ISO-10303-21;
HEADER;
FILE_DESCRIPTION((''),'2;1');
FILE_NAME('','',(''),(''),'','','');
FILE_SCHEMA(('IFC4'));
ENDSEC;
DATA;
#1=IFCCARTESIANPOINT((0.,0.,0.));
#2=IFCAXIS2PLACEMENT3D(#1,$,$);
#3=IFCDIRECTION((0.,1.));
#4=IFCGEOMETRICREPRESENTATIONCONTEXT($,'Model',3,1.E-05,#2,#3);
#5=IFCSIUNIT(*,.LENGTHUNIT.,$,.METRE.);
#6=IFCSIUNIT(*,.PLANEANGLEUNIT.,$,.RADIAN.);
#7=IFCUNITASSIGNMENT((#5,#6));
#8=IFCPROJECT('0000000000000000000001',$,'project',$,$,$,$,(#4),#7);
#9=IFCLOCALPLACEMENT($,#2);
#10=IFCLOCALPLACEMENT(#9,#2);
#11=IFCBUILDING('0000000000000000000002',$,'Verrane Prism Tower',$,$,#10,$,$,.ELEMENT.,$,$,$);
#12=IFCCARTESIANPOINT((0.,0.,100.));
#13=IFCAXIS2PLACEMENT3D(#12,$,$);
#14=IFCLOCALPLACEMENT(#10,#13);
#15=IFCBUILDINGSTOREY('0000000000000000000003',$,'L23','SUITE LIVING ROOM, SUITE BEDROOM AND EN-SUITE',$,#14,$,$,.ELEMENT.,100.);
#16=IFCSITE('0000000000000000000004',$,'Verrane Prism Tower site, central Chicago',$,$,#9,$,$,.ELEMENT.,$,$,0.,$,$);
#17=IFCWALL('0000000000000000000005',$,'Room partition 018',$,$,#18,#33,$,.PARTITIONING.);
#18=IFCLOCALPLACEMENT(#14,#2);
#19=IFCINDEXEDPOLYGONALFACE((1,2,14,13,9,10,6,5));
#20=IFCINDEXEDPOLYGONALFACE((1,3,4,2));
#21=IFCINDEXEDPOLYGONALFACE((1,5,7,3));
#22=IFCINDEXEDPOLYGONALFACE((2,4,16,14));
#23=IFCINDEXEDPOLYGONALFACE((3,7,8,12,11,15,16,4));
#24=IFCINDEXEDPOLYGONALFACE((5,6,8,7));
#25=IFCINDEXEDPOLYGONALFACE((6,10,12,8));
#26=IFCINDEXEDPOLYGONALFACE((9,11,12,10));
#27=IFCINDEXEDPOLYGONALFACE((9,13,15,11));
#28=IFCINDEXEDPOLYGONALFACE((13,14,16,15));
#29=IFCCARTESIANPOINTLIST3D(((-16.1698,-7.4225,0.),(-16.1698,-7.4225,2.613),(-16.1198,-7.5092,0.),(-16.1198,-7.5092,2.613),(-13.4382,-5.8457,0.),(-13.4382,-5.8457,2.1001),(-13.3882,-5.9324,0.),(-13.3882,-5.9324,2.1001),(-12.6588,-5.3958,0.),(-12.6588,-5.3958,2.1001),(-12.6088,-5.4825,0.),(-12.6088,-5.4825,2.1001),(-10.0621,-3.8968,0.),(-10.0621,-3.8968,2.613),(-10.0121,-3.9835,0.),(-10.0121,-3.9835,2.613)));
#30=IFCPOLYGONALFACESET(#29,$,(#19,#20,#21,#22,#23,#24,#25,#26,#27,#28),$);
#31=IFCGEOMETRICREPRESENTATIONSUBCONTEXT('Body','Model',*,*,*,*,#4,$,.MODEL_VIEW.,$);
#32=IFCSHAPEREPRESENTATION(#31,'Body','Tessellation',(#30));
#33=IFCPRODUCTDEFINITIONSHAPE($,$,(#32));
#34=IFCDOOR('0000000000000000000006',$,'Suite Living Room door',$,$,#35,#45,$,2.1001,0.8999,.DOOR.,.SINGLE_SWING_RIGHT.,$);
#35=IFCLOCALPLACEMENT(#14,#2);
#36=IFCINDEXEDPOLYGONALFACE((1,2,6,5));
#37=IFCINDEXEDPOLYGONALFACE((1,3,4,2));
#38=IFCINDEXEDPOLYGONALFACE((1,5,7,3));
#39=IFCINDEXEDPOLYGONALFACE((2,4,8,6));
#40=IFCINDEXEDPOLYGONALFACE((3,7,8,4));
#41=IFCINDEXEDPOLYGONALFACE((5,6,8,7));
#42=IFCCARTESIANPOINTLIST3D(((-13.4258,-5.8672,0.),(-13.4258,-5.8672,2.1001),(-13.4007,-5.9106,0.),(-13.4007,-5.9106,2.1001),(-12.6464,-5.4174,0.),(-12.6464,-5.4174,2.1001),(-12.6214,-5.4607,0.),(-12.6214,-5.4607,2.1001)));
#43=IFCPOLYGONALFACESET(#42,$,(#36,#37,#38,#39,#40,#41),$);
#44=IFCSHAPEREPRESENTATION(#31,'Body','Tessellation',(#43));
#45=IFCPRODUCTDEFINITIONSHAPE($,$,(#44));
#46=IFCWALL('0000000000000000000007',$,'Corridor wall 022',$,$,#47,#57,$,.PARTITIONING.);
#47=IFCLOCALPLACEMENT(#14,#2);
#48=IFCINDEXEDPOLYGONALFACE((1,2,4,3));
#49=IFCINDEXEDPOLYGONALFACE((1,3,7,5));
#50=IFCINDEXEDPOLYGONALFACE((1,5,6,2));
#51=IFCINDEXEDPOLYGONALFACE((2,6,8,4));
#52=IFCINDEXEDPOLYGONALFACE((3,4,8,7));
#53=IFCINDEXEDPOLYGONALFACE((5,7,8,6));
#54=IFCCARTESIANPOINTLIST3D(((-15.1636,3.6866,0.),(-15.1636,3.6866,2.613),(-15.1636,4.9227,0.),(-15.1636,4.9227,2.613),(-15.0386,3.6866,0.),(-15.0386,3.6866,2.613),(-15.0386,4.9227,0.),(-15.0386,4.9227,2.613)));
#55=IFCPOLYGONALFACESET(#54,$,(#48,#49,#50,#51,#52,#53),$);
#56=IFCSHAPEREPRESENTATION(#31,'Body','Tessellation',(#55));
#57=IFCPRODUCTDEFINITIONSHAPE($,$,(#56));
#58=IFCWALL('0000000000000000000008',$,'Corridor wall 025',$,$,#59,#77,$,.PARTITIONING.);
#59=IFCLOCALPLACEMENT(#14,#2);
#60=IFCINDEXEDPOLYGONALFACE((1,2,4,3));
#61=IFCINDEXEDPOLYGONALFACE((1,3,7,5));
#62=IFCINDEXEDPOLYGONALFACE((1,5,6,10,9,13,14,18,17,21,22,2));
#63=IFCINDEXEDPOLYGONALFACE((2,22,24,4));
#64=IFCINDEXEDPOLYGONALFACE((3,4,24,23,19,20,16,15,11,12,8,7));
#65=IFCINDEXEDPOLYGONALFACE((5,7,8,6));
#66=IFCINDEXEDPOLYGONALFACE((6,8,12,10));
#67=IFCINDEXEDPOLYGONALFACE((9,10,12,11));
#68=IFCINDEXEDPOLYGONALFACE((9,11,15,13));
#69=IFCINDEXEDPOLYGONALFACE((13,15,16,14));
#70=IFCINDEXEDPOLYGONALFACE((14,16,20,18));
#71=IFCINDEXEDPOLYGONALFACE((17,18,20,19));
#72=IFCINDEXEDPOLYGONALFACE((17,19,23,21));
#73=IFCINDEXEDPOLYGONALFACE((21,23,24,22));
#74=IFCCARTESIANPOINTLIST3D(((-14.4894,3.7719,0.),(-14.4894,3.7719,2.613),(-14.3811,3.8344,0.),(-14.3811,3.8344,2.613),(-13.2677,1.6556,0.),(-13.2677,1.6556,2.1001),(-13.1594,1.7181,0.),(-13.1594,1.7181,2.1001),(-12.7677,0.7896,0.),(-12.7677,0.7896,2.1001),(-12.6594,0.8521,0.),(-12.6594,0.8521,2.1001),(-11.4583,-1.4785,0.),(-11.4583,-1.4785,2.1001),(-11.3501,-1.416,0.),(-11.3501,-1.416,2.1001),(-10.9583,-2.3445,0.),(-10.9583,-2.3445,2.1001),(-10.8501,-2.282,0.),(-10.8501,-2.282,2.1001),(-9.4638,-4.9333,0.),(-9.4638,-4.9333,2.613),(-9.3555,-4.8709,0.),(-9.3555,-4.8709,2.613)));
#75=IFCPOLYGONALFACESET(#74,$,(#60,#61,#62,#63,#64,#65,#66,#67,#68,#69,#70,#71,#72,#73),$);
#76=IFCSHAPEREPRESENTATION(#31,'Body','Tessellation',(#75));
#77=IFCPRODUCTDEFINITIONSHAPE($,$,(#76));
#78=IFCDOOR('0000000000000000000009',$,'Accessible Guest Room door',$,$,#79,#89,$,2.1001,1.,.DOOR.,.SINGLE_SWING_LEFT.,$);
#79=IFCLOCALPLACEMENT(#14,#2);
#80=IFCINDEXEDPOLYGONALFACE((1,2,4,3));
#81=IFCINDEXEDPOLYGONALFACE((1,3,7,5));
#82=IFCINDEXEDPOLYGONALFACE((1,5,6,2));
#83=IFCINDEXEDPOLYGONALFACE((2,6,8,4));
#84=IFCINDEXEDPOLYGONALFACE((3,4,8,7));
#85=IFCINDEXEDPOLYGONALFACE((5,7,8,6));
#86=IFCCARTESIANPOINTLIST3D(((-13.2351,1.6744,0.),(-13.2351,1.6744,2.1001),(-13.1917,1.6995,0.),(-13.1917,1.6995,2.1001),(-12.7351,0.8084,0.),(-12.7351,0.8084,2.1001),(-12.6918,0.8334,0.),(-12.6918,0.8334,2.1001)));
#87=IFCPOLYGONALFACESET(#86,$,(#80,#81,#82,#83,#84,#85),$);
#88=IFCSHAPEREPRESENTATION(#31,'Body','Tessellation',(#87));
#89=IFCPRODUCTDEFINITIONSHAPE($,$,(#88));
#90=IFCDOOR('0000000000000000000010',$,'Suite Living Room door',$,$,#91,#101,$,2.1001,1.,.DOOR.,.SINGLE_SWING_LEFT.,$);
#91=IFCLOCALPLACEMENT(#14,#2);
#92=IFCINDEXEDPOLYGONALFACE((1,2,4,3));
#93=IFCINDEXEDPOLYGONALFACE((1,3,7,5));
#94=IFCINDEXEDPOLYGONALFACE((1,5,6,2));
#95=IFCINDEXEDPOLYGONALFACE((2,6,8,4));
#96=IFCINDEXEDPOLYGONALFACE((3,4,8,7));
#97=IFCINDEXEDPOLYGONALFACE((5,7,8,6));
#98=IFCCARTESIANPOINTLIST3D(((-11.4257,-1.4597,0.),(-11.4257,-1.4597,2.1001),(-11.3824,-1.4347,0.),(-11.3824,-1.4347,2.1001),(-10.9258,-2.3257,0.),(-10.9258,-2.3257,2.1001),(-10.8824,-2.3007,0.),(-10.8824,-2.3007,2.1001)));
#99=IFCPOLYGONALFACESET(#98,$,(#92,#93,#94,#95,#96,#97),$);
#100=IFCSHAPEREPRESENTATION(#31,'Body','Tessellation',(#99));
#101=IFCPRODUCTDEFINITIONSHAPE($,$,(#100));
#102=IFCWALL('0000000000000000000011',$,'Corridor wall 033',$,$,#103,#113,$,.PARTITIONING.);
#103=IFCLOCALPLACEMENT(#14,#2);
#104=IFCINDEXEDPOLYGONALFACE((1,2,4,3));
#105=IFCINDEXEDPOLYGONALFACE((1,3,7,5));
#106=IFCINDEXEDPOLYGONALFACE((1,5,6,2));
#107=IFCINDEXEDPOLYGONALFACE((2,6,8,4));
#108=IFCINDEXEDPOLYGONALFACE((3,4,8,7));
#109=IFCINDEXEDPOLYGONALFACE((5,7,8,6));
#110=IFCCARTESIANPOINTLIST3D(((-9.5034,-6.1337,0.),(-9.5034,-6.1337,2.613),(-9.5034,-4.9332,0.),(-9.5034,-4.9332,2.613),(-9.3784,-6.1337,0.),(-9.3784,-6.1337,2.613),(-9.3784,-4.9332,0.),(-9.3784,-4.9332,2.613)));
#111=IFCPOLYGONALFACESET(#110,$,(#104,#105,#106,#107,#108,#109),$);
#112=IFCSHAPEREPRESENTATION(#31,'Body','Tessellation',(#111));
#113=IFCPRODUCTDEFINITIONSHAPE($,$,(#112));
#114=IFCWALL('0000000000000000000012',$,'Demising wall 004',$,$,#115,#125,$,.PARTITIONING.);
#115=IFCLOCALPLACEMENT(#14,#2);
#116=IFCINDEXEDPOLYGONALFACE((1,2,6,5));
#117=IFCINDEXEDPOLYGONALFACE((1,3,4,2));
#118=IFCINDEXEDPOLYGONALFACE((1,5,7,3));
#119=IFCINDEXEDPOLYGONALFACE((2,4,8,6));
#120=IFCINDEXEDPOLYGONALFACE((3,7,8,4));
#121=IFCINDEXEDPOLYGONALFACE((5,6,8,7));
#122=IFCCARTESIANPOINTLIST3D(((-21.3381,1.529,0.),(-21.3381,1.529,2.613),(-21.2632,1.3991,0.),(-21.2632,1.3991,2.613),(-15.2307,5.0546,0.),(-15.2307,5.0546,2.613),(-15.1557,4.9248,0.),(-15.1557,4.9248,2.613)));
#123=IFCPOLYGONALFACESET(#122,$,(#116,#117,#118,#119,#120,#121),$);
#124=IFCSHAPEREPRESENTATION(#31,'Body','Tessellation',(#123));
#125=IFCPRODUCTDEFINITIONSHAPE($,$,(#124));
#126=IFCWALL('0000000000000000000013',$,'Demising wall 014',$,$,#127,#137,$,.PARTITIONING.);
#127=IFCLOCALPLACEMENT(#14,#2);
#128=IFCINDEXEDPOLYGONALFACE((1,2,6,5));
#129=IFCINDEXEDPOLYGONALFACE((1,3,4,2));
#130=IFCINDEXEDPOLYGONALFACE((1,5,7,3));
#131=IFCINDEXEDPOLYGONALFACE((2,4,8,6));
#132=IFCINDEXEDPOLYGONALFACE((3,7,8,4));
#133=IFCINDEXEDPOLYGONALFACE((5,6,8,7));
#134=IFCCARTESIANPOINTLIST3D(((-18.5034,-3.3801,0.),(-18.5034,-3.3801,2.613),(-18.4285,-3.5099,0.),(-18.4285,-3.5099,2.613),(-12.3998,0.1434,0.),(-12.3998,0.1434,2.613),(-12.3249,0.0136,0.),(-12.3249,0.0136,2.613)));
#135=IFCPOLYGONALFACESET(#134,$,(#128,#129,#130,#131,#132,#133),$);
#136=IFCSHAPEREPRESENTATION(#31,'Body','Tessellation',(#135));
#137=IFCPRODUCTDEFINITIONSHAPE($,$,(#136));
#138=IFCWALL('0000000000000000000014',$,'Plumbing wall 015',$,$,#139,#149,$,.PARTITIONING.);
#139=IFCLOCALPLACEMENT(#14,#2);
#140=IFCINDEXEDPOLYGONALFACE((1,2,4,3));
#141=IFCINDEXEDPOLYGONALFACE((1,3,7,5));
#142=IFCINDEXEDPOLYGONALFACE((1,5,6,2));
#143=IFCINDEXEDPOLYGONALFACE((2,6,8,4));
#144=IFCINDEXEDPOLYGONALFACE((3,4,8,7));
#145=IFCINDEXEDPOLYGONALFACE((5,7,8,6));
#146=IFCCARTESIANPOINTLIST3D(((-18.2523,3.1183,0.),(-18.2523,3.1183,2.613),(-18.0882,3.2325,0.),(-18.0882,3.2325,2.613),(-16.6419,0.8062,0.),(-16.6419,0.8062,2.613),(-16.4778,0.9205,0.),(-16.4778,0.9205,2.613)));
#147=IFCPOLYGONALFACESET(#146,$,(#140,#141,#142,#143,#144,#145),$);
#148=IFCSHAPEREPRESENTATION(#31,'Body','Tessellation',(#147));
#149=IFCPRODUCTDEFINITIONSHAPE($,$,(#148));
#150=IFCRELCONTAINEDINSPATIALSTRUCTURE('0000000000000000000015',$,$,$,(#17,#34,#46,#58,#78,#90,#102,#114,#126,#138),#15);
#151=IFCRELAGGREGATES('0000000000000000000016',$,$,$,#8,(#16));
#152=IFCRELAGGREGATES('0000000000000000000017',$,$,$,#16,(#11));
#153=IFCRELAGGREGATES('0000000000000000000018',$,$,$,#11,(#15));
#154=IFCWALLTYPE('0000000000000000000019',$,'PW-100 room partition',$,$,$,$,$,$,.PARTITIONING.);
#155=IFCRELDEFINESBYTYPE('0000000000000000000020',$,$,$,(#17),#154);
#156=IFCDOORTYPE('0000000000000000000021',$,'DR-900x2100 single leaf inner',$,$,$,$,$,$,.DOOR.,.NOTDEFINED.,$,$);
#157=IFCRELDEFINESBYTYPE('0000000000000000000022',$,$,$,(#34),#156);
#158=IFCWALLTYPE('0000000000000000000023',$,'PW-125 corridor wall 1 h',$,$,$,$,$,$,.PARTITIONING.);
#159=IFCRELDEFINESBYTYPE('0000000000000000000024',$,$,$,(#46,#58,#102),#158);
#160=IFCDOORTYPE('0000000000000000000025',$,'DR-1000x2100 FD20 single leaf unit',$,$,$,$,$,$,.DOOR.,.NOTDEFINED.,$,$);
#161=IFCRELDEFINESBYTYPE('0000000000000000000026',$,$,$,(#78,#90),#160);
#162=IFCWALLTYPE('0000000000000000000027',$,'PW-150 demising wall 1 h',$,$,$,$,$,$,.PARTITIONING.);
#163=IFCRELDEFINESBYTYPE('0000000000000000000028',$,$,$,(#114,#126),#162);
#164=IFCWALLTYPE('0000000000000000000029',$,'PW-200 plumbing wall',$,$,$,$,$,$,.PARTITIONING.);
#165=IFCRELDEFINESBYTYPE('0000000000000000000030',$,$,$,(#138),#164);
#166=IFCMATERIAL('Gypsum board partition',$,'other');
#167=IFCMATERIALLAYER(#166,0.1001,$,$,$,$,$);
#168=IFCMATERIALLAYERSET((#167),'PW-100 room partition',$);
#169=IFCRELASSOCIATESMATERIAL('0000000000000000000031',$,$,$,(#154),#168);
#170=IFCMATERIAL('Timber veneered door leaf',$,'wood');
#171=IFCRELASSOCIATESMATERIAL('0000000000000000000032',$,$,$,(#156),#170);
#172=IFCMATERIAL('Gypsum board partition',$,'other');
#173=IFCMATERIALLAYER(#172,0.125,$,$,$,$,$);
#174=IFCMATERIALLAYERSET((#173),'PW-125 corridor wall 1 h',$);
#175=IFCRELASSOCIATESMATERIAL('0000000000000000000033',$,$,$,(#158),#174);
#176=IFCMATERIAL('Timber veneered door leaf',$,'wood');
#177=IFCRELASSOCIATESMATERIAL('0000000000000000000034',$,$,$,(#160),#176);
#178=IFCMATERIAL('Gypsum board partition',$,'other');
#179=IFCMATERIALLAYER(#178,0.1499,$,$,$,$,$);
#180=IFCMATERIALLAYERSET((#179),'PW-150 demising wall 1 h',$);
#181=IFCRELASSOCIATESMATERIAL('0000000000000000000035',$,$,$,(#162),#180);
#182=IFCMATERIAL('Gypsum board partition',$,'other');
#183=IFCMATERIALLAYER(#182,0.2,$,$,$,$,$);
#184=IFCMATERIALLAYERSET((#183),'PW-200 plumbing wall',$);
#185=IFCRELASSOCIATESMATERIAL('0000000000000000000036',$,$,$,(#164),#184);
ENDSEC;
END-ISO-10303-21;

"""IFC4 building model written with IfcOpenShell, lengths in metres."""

from ifc_helpers import new_model, si_unit, direction, frame, frame_2d, origin, place, context, subcontext, project, spatial, rectangle, extrude, material, layer, layer_set, type_object, element, fill, save


model = new_model("IFC4")

# Units and contexts
model_context = context("Model", 3, precision=1e-05, world=origin(), true_north=direction((0.0, 1.0)))
body_context = subcontext(model_context, "Body", "Model", "MODEL_VIEW")
ifc_project = project(units=[si_unit("LENGTHUNIT", "METRE"), si_unit("PLANEANGLEUNIT", "RADIAN")], contexts=[model_context])

# Site, building, storey
site_placement = place(None, origin())
site = spatial("IfcSite", under=ifc_project, at=site_placement, Name="Verrane Prism Tower site, central Chicago", CompositionType="ELEMENT", RefElevation=0.0)
building_placement = place(site_placement, origin())
building = spatial("IfcBuilding", under=site, at=building_placement, Name="Verrane Prism Tower", CompositionType="ELEMENT")
storey_placement = place(building_placement, frame((0.0, 0.0, 100.0)))
storey = spatial("IfcBuildingStorey", under=building, at=storey_placement, Name="L23", Description="SUITE LIVING ROOM, SUITE BEDROOM AND EN-SUITE", CompositionType="ELEMENT", Elevation=100.0)

# Wall, opening, door
ifc_material_1 = material(Name="Gypsum board partition", Category="other")
ifc_layer_1 = layer(ifc_material_1, 0.1001)
ifc_layer_set_1 = layer_set([ifc_layer_1], Name="PW-100 room partition")
wall_type_1 = type_object("IfcWallType", Name="PW-100 room partition", PredefinedType="PARTITIONING", material=ifc_layer_set_1)
wall_1_placement = place(storey_placement, frame((-10.0371, -3.9402, 0.0), z_axis=(0.0, 0.0, 1.0), x_axis=(-0.866064, -0.499933, 0.0)))
wall_1 = element("IfcWall", 1, at=wall_1_placement, inside=storey, type_object=wall_type_1, Name="Room partition 018", PredefinedType="PARTITIONING", context=body_context, shape_type="SweptSolid", body=[
    extrude(rectangle(XDim=7.0522, YDim=0.1001, at=frame_2d((3.5261, 0.0))), origin(), (0.0, 0.0, 1.0), 2.613),
])
opening_1_placement = place(wall_1_placement, frame((2.9983, 0.0, 0.0)))
opening_1 = element("IfcOpeningElement", 2, at=opening_1_placement, cuts=wall_1, PredefinedType="OPENING", context=body_context, shape_type="SweptSolid", body=[
    extrude(rectangle(XDim=0.8999, YDim=2.1001, at=frame_2d((0.45, 1.05))), frame((0.0, 0.0601, 0.0), z_axis=(0.0, -1.0, 0.0), x_axis=(1.0, 0.0, 0.0)), (0.0, 0.0, 1.0), 0.1201),
])
ifc_material_2 = material(Name="Timber veneered door leaf", Category="wood")
door_type_1 = type_object("IfcDoorType", Name="DR-900x2100 single leaf inner", OperationType="NOTDEFINED", PredefinedType="DOOR", material=ifc_material_2)
door_1_placement = place(opening_1_placement, origin())
door_1 = element("IfcDoor", 3, at=door_1_placement, inside=storey, type_object=door_type_1, Name="Suite Living Room door", OperationType="SINGLE_SWING_RIGHT", OverallHeight=2.1001, OverallWidth=0.8999, PredefinedType="DOOR", context=body_context, shape_type="SweptSolid", body=[
    extrude(rectangle(XDim=0.8999, YDim=2.1001, at=frame_2d((0.45, 1.05))), frame((0.0, 0.0249, 0.0), z_axis=(0.0, -1.0, 0.0), x_axis=(1.0, 0.0, 0.0)), (0.0, 0.0, 1.0), 0.05),
])
fill(opening_1, door_1)

# Wall
ifc_material_3 = material(Name="Gypsum board partition", Category="other")
ifc_layer_2 = layer(ifc_material_3, 0.125)
ifc_layer_set_2 = layer_set([ifc_layer_2], Name="PW-125 corridor wall 1 h")
wall_type_2 = type_object("IfcWallType", Name="PW-125 corridor wall 1 h", PredefinedType="PARTITIONING", material=ifc_layer_set_2)
wall_2_placement = place(storey_placement, frame((-15.1011, 3.6865, 0.0), z_axis=(0.0, 0.0, 1.0), x_axis=(0.0, 1.0, 0.0)))
element("IfcWall", 4, at=wall_2_placement, inside=storey, type_object=wall_type_2, Name="Corridor wall 022", PredefinedType="PARTITIONING", context=body_context, shape_type="SweptSolid", body=[
    extrude(rectangle(XDim=1.2361, YDim=0.125, at=frame_2d((0.6182, 0.0))), origin(), (0.0, 0.0, 1.0), 2.613),
])

# Wall, openings, doors
wall_3_placement = place(storey_placement, frame((-9.4097, -4.9021, 0.0), z_axis=(0.0, 0.0, 1.0), x_axis=(-0.499971, 0.866042, 0.0)))
wall_3 = element("IfcWall", 5, at=wall_3_placement, inside=storey, type_object=wall_type_2, Name="Corridor wall 025", PredefinedType="PARTITIONING", context=body_context, shape_type="SweptSolid", body=[
    extrude(rectangle(XDim=10.0518, YDim=0.125, at=frame_2d((5.0259, 0.0))), origin(), (0.0, 0.0, 1.0), 2.613),
])
opening_2_placement = place(wall_3_placement, frame((6.6082, 0.0, 0.0)))
opening_2 = element("IfcOpeningElement", 6, at=opening_2_placement, cuts=wall_3, PredefinedType="OPENING", context=body_context, shape_type="SweptSolid", body=[
    extrude(rectangle(XDim=1.0, YDim=2.1001, at=frame_2d((0.5, 1.05))), frame((0.0, 0.0725, 0.0), z_axis=(0.0, -1.0, 0.0), x_axis=(1.0, 0.0, 0.0)), (0.0, 0.0, 1.0), 0.145),
])
opening_3_placement = place(wall_3_placement, frame((2.9893, 0.0, 0.0)))
opening_3 = element("IfcOpeningElement", 7, at=opening_3_placement, cuts=wall_3, PredefinedType="OPENING", context=body_context, shape_type="SweptSolid", body=[
    extrude(rectangle(XDim=1.0, YDim=2.1001, at=frame_2d((0.5, 1.05))), frame((0.0, 0.0725, 0.0), z_axis=(0.0, -1.0, 0.0), x_axis=(1.0, 0.0, 0.0)), (0.0, 0.0, 1.0), 0.145),
])
ifc_material_4 = material(Name="Timber veneered door leaf", Category="wood")
door_type_2 = type_object("IfcDoorType", Name="DR-1000x2100 FD20 single leaf unit", OperationType="NOTDEFINED", PredefinedType="DOOR", material=ifc_material_4)
door_2_placement = place(opening_2_placement, origin())
door_2 = element("IfcDoor", 8, at=door_2_placement, inside=storey, type_object=door_type_2, Name="Accessible Guest Room door", OperationType="SINGLE_SWING_LEFT", OverallHeight=2.1001, OverallWidth=1.0, PredefinedType="DOOR", context=body_context, shape_type="SweptSolid", body=[
    extrude(rectangle(XDim=1.0, YDim=2.1001, at=frame_2d((0.5, 1.05))), frame((0.0, 0.0249, 0.0), z_axis=(0.0, -1.0, 0.0), x_axis=(1.0, 0.0, 0.0)), (0.0, 0.0, 1.0), 0.05),
])
fill(opening_2, door_2)
door_3_placement = place(opening_3_placement, origin())
door_3 = element("IfcDoor", 9, at=door_3_placement, inside=storey, type_object=door_type_2, Name="Suite Living Room door", OperationType="SINGLE_SWING_LEFT", OverallHeight=2.1001, OverallWidth=1.0, PredefinedType="DOOR", context=body_context, shape_type="SweptSolid", body=[
    extrude(rectangle(XDim=1.0, YDim=2.1001, at=frame_2d((0.5, 1.05))), frame((0.0, 0.0249, 0.0), z_axis=(0.0, -1.0, 0.0), x_axis=(1.0, 0.0, 0.0)), (0.0, 0.0, 1.0), 0.05),
])
fill(opening_3, door_3)

# Walls
wall_4_placement = place(storey_placement, frame((-9.4409, -6.1335, 0.0), z_axis=(0.0, 0.0, 1.0), x_axis=(0.0, 1.0, 0.0)))
element("IfcWall", 10, at=wall_4_placement, inside=storey, type_object=wall_type_2, Name="Corridor wall 033", PredefinedType="PARTITIONING", context=body_context, shape_type="SweptSolid", body=[
    extrude(rectangle(XDim=1.2004, YDim=0.125, at=frame_2d((0.6001, 0.0))), origin(), (0.0, 0.0, 1.0), 2.613),
])
ifc_material_5 = material(Name="Gypsum board partition", Category="other")
ifc_layer_3 = layer(ifc_material_5, 0.1499)
ifc_layer_set_3 = layer_set([ifc_layer_3], Name="PW-150 demising wall 1 h")
wall_type_3 = type_object("IfcWallType", Name="PW-150 demising wall 1 h", PredefinedType="PARTITIONING", material=ifc_layer_set_3)
wall_5_placement = place(storey_placement, frame((-21.3005, 1.4641, 0.0), z_axis=(0.0, 0.0, 1.0), x_axis=(0.866055, 0.499948, 0.0)))
element("IfcWall", 11, at=wall_5_placement, inside=storey, type_object=wall_type_3, Name="Demising wall 004", PredefinedType="PARTITIONING", context=body_context, shape_type="SweptSolid", body=[
    extrude(rectangle(XDim=7.052, YDim=0.1499, at=frame_2d((3.5259, 0.0))), origin(), (0.0, 0.0, 1.0), 2.613),
])
wall_6_placement = place(storey_placement, frame((-18.4661, -3.4451, 0.0), z_axis=(0.0, 0.0, 1.0), x_axis=(0.866052, 0.499954, 0.0)))
element("IfcWall", 12, at=wall_6_placement, inside=storey, type_object=wall_type_3, Name="Demising wall 014", PredefinedType="PARTITIONING", context=body_context, shape_type="SweptSolid", body=[
    extrude(rectangle(XDim=7.0476, YDim=0.1499, at=frame_2d((3.5239, 0.0))), origin(), (0.0, 0.0, 1.0), 2.613),
])
ifc_material_6 = material(Name="Gypsum board partition", Category="other")
ifc_layer_4 = layer(ifc_material_6, 0.2)
ifc_layer_set_4 = layer_set([ifc_layer_4], Name="PW-200 plumbing wall")
wall_type_4 = type_object("IfcWallType", Name="PW-200 plumbing wall", PredefinedType="PARTITIONING", material=ifc_layer_set_4)
wall_7_placement = place(storey_placement, frame((-18.1702, 3.1753, 0.0), z_axis=(0.0, 0.0, 1.0), x_axis=(0.571542, -0.820573, 0.0)))
element("IfcWall", 13, at=wall_7_placement, inside=storey, type_object=wall_type_4, Name="Plumbing wall 015", PredefinedType="PARTITIONING", context=body_context, shape_type="SweptSolid", body=[
    extrude(rectangle(XDim=2.8176, YDim=0.2, at=frame_2d((1.4087, 0.0))), origin(), (0.0, 0.0, 1.0), 2.613),
])

save(model, "model.ifc")
